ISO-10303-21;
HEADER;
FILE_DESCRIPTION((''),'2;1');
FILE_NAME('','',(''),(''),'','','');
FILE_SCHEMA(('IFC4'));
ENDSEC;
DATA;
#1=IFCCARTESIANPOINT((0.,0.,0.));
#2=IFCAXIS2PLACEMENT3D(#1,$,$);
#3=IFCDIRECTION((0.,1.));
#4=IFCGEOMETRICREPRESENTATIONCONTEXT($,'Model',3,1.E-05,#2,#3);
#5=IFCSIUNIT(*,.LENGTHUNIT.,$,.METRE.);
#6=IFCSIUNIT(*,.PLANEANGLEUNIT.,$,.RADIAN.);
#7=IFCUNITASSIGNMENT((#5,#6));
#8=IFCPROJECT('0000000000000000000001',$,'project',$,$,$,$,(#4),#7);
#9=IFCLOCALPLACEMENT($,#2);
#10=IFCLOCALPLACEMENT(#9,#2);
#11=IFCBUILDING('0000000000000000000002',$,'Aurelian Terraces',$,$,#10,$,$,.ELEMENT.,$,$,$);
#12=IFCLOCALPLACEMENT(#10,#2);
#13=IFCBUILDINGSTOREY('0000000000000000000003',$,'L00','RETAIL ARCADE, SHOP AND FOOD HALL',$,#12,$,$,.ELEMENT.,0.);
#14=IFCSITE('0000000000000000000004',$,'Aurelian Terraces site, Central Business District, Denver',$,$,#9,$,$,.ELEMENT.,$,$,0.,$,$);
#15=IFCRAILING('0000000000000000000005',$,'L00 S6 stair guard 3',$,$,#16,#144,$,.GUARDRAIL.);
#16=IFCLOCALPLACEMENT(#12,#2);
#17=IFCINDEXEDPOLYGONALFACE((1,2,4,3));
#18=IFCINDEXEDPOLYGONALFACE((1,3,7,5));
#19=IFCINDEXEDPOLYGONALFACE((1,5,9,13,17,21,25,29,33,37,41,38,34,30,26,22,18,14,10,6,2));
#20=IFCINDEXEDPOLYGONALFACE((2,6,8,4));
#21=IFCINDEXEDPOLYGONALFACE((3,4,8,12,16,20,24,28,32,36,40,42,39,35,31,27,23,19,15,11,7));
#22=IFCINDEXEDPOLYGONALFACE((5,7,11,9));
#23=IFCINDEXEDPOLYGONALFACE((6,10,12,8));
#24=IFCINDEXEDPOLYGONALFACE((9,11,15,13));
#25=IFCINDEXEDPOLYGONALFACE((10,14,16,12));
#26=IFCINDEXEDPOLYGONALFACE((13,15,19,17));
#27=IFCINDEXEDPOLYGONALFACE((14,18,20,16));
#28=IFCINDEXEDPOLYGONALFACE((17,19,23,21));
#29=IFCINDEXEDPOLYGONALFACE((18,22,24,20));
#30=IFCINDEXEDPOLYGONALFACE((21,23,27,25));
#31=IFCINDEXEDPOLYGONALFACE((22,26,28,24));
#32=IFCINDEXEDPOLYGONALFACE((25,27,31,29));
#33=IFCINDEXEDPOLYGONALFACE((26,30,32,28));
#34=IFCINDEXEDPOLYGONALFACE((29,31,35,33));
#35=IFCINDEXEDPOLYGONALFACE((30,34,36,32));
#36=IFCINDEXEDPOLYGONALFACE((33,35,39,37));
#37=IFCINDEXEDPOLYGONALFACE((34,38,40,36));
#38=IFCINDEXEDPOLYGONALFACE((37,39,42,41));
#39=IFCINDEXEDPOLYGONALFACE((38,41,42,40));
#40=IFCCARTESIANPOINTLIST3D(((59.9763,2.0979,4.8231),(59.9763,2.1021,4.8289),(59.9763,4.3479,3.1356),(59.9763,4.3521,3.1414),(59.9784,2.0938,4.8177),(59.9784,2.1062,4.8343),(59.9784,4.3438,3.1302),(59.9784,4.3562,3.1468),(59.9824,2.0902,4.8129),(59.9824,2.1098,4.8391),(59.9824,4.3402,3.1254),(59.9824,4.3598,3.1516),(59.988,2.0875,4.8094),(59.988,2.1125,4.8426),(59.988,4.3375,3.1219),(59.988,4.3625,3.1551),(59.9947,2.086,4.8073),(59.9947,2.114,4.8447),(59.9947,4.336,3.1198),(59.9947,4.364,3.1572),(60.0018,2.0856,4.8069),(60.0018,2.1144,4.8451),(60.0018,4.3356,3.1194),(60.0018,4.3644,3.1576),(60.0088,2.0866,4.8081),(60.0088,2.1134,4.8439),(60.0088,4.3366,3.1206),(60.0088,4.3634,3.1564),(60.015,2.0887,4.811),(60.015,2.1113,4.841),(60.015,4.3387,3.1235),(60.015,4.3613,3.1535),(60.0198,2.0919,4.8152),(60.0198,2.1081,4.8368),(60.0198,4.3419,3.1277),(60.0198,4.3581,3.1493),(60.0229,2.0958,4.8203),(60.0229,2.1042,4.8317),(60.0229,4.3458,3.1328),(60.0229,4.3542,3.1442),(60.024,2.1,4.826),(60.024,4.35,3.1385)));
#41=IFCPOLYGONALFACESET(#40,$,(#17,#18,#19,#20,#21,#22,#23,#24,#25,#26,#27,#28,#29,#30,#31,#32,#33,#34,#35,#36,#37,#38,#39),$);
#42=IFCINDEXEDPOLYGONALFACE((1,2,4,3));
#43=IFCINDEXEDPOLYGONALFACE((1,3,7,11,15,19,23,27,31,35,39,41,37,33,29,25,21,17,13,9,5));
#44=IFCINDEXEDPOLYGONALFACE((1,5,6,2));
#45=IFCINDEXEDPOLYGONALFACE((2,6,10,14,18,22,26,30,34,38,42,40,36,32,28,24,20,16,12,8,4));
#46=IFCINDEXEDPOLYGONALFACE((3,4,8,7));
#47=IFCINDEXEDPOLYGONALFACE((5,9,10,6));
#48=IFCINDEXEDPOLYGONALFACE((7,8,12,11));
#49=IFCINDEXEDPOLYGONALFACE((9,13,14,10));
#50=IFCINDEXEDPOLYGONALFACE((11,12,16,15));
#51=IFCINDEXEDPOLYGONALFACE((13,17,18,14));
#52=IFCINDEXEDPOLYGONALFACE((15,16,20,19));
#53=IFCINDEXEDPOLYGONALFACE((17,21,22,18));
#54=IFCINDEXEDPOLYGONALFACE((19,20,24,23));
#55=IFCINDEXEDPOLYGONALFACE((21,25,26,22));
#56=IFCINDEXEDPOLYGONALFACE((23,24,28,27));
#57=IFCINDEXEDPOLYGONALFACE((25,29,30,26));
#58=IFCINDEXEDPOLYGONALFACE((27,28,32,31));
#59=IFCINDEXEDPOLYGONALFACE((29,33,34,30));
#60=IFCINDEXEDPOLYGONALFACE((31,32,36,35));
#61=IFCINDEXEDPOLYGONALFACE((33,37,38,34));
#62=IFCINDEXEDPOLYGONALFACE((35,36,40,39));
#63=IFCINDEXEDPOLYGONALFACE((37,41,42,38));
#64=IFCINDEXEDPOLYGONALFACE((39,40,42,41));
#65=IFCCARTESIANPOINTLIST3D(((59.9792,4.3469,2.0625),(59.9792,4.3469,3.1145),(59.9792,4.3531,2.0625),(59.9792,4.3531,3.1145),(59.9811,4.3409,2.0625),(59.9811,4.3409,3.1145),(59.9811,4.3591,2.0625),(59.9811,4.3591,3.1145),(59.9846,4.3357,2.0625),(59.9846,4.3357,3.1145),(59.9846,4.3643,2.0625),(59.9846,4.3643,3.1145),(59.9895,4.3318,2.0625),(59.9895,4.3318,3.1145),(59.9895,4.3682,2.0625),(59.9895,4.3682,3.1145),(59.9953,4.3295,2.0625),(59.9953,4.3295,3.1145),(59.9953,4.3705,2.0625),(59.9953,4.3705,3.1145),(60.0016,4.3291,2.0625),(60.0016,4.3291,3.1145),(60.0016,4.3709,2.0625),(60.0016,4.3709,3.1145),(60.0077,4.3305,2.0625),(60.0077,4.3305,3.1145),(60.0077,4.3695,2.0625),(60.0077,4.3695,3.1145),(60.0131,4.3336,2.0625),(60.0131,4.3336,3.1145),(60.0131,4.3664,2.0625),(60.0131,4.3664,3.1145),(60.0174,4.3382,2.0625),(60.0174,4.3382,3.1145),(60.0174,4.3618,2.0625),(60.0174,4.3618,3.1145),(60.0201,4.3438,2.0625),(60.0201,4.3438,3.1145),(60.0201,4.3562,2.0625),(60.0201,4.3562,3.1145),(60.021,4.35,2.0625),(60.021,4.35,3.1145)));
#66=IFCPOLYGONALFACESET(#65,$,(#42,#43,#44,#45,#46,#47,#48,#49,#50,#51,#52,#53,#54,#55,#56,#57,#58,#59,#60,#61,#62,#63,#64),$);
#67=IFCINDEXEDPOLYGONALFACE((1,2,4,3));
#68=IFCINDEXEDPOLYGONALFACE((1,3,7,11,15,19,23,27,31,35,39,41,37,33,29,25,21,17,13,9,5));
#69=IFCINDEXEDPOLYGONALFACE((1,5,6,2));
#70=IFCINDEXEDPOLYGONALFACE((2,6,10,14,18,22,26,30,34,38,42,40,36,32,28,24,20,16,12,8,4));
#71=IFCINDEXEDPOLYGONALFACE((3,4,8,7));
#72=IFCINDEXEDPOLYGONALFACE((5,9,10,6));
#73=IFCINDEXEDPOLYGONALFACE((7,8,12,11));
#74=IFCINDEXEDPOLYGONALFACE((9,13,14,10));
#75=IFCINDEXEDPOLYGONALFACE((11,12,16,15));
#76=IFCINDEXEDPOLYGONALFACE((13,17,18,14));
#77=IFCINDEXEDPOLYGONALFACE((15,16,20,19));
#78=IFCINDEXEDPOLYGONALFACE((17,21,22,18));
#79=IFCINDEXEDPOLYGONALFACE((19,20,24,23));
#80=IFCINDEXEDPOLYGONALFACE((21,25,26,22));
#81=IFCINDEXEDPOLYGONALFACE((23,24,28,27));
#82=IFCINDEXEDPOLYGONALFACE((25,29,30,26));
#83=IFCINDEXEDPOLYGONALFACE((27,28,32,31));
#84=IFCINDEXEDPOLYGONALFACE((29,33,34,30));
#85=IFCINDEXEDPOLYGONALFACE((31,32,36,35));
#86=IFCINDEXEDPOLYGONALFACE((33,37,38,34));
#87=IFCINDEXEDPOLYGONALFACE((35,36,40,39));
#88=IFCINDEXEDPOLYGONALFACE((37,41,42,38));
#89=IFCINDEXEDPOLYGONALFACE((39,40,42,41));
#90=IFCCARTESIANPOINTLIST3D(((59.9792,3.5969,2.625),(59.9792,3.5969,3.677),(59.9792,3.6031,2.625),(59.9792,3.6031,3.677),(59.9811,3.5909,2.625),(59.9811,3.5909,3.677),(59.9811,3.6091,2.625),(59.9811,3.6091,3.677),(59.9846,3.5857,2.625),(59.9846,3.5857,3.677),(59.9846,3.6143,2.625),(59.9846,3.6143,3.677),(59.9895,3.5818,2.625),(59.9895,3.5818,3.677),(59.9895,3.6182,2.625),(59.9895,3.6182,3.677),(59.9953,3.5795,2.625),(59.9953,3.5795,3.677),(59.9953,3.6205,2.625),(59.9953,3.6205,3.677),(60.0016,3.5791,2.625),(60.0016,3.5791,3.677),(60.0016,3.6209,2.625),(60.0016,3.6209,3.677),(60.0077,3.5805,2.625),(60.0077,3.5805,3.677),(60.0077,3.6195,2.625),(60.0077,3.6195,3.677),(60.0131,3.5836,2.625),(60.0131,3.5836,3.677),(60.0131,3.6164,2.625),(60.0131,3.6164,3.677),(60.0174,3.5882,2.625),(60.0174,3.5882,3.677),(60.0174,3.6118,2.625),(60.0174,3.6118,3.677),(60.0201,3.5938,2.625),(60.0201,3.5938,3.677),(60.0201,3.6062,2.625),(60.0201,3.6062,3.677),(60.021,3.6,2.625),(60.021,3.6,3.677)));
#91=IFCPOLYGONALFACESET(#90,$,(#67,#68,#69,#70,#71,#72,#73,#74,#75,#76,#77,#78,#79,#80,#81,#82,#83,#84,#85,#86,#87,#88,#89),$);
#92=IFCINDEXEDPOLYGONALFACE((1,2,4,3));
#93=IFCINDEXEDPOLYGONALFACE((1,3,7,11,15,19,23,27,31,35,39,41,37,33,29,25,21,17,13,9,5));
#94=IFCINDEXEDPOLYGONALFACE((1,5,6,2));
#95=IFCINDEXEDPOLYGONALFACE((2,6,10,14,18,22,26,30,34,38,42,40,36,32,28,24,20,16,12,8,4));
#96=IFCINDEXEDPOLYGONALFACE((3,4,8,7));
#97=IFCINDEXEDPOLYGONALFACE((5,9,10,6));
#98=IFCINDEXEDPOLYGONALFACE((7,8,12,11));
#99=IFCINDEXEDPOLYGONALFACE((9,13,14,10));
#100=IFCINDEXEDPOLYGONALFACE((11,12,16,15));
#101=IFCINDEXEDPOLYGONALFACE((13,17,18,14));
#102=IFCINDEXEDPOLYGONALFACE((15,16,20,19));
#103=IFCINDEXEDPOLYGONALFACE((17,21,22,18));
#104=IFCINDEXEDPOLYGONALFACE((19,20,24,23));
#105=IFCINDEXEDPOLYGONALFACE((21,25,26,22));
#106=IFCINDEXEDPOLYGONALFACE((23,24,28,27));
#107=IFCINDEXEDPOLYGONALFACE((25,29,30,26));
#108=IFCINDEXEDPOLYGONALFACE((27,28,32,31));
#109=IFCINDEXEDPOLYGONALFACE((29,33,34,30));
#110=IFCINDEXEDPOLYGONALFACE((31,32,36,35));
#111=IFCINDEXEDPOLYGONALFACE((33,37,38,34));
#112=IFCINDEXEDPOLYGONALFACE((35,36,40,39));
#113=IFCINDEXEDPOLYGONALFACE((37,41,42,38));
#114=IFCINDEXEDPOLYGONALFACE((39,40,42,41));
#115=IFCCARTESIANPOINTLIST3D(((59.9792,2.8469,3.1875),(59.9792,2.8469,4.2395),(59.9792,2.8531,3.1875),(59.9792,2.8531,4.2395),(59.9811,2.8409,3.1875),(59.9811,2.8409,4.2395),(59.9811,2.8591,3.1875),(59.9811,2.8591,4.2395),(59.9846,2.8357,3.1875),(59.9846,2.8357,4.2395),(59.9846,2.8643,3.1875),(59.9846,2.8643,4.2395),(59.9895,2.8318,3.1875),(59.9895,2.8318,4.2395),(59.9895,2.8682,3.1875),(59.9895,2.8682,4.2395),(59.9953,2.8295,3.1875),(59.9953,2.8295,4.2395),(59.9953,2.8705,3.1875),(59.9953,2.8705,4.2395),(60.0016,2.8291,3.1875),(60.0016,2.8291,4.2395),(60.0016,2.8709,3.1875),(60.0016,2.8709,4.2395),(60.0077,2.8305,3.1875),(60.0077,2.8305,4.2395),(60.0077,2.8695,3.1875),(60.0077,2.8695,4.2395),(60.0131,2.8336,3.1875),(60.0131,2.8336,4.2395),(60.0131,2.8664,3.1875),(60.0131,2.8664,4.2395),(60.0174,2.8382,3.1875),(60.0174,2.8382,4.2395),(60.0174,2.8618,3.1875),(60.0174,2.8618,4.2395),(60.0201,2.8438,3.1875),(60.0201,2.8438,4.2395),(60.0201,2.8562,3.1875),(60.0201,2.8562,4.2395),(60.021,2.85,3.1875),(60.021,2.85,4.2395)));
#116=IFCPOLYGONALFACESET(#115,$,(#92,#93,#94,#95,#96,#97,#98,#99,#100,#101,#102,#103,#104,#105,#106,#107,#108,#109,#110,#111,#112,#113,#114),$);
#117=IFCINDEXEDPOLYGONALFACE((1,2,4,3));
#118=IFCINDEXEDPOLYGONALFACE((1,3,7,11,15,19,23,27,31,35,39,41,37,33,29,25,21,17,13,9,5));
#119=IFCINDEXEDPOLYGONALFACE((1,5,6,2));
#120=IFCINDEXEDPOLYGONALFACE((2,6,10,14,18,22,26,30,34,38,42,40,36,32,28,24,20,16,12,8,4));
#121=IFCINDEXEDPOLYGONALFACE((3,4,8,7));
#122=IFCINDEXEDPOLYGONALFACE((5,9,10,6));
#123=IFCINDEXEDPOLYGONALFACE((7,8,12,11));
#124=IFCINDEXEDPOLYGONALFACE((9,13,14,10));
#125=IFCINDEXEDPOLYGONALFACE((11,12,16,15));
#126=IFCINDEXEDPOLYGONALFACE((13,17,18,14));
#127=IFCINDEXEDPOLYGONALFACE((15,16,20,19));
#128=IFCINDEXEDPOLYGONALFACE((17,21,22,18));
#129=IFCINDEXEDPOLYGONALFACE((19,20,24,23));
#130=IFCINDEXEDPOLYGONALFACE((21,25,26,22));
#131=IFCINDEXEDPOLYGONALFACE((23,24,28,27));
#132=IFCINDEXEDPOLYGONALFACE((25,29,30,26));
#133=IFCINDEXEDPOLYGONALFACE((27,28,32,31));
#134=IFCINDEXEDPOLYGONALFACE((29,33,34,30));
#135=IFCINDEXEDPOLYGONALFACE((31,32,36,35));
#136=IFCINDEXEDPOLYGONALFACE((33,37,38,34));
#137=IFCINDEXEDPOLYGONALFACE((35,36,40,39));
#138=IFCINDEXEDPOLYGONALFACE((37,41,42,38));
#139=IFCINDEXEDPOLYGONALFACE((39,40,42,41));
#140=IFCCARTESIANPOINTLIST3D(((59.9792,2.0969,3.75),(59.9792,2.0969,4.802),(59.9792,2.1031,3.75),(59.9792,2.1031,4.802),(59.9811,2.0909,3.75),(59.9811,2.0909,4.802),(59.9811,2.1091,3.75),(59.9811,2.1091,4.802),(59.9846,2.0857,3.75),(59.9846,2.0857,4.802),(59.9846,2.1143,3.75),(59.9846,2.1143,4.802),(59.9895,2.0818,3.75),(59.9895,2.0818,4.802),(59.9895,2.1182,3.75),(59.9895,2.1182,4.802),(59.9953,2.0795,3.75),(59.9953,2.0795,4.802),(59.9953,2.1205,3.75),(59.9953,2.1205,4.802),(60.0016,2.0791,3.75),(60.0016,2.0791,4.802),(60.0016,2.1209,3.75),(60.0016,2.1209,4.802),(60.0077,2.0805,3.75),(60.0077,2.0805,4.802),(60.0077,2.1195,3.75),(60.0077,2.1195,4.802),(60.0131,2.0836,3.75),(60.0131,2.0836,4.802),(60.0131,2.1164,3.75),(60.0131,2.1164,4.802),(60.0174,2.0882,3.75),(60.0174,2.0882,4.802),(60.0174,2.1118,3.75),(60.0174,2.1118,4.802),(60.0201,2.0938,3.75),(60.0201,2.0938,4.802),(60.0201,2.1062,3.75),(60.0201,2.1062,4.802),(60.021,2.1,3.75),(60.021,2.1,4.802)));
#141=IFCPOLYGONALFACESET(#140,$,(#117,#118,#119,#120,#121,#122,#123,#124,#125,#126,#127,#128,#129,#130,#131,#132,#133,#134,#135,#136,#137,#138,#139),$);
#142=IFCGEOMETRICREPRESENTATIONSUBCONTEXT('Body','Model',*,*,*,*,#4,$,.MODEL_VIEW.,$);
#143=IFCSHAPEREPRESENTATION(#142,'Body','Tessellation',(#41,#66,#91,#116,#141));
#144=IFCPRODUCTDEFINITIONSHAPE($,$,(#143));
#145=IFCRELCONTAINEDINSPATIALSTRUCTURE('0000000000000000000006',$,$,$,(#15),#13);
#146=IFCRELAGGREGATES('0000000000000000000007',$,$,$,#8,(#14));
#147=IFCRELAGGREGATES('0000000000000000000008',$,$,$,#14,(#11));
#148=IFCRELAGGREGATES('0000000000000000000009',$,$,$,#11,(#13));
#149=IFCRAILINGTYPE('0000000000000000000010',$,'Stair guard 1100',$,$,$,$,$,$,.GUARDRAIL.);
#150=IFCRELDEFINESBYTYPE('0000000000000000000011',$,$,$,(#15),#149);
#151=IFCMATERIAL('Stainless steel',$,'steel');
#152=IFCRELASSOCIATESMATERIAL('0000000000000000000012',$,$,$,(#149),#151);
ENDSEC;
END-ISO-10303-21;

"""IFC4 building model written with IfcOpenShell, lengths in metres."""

from ifc_helpers import new_model, si_unit, direction, frame, origin, origin_2d, place, context, subcontext, project, spatial, circle, extrude, source, transform, mapped, material, type_object, element, save


model = new_model("IFC4")

# Units and contexts
model_context = context("Model", 3, precision=1e-05, world=origin(), true_north=direction((0.0, 1.0)))
body_context = subcontext(model_context, "Body", "Model", "MODEL_VIEW")
ifc_project = project(units=[si_unit("LENGTHUNIT", "METRE"), si_unit("PLANEANGLEUNIT", "RADIAN")], contexts=[model_context])

# Site, building, storey
site_placement = place(None, origin())
site = spatial("IfcSite", under=ifc_project, at=site_placement, Name="Aurelian Terraces site, Central Business District, Denver", CompositionType="ELEMENT", RefElevation=0.0)
building_placement = place(site_placement, origin())
building = spatial("IfcBuilding", under=site, at=building_placement, Name="Aurelian Terraces", CompositionType="ELEMENT")
storey_placement = place(building_placement, origin())
storey = spatial("IfcBuildingStorey", under=building, at=storey_placement, Name="L00", Description="RETAIL ARCADE, SHOP AND FOOD HALL", CompositionType="ELEMENT", Elevation=0.0)

# Railing
ifc_material_1 = material(Name="Stainless steel", Category="steel")
railing_type_1 = type_object("IfcRailingType", Name="Stair guard 1100", PredefinedType="GUARDRAIL", material=ifc_material_1)
shared_shape_1 = source(origin(), body_context, "Body", "SweptSolid", [
    extrude(circle(Radius=0.024, at=origin_2d()), frame((0.0, 0.0, 1.076), z_axis=(0.0, -0.8, 0.6), x_axis=(1.0, 0.0, 0.0)), (0.0, 0.0, 1.0), 2.8125),
    extrude(circle(Radius=0.021, at=origin_2d()), origin(), (0.0, 0.0, 1.0), 1.052),
    extrude(circle(Radius=0.021, at=origin_2d()), frame((0.0, -0.75, 0.5625)), (0.0, 0.0, 1.0), 1.052),
    extrude(circle(Radius=0.021, at=origin_2d()), frame((0.0, -1.5, 1.125)), (0.0, 0.0, 1.0), 1.052),
    extrude(circle(Radius=0.021, at=origin_2d()), frame((0.0, -2.25, 1.6875)), (0.0, 0.0, 1.0), 1.052),
])
for number, where, name in (
    (1, (60.0, 4.35, 2.0625), "L00 S6 stair guard 3"),
):
    element("IfcRailing", number, at=place(storey_placement, frame(where)), inside=storey, type_object=railing_type_1, Name=name, PredefinedType="GUARDRAIL", context=body_context, shape_type="MappedRepresentation", body=[
        mapped(shared_shape_1, transform((0.0, 0.0, 0.0), scale=1.0)),
    ])

save(model, "model.ifc")
